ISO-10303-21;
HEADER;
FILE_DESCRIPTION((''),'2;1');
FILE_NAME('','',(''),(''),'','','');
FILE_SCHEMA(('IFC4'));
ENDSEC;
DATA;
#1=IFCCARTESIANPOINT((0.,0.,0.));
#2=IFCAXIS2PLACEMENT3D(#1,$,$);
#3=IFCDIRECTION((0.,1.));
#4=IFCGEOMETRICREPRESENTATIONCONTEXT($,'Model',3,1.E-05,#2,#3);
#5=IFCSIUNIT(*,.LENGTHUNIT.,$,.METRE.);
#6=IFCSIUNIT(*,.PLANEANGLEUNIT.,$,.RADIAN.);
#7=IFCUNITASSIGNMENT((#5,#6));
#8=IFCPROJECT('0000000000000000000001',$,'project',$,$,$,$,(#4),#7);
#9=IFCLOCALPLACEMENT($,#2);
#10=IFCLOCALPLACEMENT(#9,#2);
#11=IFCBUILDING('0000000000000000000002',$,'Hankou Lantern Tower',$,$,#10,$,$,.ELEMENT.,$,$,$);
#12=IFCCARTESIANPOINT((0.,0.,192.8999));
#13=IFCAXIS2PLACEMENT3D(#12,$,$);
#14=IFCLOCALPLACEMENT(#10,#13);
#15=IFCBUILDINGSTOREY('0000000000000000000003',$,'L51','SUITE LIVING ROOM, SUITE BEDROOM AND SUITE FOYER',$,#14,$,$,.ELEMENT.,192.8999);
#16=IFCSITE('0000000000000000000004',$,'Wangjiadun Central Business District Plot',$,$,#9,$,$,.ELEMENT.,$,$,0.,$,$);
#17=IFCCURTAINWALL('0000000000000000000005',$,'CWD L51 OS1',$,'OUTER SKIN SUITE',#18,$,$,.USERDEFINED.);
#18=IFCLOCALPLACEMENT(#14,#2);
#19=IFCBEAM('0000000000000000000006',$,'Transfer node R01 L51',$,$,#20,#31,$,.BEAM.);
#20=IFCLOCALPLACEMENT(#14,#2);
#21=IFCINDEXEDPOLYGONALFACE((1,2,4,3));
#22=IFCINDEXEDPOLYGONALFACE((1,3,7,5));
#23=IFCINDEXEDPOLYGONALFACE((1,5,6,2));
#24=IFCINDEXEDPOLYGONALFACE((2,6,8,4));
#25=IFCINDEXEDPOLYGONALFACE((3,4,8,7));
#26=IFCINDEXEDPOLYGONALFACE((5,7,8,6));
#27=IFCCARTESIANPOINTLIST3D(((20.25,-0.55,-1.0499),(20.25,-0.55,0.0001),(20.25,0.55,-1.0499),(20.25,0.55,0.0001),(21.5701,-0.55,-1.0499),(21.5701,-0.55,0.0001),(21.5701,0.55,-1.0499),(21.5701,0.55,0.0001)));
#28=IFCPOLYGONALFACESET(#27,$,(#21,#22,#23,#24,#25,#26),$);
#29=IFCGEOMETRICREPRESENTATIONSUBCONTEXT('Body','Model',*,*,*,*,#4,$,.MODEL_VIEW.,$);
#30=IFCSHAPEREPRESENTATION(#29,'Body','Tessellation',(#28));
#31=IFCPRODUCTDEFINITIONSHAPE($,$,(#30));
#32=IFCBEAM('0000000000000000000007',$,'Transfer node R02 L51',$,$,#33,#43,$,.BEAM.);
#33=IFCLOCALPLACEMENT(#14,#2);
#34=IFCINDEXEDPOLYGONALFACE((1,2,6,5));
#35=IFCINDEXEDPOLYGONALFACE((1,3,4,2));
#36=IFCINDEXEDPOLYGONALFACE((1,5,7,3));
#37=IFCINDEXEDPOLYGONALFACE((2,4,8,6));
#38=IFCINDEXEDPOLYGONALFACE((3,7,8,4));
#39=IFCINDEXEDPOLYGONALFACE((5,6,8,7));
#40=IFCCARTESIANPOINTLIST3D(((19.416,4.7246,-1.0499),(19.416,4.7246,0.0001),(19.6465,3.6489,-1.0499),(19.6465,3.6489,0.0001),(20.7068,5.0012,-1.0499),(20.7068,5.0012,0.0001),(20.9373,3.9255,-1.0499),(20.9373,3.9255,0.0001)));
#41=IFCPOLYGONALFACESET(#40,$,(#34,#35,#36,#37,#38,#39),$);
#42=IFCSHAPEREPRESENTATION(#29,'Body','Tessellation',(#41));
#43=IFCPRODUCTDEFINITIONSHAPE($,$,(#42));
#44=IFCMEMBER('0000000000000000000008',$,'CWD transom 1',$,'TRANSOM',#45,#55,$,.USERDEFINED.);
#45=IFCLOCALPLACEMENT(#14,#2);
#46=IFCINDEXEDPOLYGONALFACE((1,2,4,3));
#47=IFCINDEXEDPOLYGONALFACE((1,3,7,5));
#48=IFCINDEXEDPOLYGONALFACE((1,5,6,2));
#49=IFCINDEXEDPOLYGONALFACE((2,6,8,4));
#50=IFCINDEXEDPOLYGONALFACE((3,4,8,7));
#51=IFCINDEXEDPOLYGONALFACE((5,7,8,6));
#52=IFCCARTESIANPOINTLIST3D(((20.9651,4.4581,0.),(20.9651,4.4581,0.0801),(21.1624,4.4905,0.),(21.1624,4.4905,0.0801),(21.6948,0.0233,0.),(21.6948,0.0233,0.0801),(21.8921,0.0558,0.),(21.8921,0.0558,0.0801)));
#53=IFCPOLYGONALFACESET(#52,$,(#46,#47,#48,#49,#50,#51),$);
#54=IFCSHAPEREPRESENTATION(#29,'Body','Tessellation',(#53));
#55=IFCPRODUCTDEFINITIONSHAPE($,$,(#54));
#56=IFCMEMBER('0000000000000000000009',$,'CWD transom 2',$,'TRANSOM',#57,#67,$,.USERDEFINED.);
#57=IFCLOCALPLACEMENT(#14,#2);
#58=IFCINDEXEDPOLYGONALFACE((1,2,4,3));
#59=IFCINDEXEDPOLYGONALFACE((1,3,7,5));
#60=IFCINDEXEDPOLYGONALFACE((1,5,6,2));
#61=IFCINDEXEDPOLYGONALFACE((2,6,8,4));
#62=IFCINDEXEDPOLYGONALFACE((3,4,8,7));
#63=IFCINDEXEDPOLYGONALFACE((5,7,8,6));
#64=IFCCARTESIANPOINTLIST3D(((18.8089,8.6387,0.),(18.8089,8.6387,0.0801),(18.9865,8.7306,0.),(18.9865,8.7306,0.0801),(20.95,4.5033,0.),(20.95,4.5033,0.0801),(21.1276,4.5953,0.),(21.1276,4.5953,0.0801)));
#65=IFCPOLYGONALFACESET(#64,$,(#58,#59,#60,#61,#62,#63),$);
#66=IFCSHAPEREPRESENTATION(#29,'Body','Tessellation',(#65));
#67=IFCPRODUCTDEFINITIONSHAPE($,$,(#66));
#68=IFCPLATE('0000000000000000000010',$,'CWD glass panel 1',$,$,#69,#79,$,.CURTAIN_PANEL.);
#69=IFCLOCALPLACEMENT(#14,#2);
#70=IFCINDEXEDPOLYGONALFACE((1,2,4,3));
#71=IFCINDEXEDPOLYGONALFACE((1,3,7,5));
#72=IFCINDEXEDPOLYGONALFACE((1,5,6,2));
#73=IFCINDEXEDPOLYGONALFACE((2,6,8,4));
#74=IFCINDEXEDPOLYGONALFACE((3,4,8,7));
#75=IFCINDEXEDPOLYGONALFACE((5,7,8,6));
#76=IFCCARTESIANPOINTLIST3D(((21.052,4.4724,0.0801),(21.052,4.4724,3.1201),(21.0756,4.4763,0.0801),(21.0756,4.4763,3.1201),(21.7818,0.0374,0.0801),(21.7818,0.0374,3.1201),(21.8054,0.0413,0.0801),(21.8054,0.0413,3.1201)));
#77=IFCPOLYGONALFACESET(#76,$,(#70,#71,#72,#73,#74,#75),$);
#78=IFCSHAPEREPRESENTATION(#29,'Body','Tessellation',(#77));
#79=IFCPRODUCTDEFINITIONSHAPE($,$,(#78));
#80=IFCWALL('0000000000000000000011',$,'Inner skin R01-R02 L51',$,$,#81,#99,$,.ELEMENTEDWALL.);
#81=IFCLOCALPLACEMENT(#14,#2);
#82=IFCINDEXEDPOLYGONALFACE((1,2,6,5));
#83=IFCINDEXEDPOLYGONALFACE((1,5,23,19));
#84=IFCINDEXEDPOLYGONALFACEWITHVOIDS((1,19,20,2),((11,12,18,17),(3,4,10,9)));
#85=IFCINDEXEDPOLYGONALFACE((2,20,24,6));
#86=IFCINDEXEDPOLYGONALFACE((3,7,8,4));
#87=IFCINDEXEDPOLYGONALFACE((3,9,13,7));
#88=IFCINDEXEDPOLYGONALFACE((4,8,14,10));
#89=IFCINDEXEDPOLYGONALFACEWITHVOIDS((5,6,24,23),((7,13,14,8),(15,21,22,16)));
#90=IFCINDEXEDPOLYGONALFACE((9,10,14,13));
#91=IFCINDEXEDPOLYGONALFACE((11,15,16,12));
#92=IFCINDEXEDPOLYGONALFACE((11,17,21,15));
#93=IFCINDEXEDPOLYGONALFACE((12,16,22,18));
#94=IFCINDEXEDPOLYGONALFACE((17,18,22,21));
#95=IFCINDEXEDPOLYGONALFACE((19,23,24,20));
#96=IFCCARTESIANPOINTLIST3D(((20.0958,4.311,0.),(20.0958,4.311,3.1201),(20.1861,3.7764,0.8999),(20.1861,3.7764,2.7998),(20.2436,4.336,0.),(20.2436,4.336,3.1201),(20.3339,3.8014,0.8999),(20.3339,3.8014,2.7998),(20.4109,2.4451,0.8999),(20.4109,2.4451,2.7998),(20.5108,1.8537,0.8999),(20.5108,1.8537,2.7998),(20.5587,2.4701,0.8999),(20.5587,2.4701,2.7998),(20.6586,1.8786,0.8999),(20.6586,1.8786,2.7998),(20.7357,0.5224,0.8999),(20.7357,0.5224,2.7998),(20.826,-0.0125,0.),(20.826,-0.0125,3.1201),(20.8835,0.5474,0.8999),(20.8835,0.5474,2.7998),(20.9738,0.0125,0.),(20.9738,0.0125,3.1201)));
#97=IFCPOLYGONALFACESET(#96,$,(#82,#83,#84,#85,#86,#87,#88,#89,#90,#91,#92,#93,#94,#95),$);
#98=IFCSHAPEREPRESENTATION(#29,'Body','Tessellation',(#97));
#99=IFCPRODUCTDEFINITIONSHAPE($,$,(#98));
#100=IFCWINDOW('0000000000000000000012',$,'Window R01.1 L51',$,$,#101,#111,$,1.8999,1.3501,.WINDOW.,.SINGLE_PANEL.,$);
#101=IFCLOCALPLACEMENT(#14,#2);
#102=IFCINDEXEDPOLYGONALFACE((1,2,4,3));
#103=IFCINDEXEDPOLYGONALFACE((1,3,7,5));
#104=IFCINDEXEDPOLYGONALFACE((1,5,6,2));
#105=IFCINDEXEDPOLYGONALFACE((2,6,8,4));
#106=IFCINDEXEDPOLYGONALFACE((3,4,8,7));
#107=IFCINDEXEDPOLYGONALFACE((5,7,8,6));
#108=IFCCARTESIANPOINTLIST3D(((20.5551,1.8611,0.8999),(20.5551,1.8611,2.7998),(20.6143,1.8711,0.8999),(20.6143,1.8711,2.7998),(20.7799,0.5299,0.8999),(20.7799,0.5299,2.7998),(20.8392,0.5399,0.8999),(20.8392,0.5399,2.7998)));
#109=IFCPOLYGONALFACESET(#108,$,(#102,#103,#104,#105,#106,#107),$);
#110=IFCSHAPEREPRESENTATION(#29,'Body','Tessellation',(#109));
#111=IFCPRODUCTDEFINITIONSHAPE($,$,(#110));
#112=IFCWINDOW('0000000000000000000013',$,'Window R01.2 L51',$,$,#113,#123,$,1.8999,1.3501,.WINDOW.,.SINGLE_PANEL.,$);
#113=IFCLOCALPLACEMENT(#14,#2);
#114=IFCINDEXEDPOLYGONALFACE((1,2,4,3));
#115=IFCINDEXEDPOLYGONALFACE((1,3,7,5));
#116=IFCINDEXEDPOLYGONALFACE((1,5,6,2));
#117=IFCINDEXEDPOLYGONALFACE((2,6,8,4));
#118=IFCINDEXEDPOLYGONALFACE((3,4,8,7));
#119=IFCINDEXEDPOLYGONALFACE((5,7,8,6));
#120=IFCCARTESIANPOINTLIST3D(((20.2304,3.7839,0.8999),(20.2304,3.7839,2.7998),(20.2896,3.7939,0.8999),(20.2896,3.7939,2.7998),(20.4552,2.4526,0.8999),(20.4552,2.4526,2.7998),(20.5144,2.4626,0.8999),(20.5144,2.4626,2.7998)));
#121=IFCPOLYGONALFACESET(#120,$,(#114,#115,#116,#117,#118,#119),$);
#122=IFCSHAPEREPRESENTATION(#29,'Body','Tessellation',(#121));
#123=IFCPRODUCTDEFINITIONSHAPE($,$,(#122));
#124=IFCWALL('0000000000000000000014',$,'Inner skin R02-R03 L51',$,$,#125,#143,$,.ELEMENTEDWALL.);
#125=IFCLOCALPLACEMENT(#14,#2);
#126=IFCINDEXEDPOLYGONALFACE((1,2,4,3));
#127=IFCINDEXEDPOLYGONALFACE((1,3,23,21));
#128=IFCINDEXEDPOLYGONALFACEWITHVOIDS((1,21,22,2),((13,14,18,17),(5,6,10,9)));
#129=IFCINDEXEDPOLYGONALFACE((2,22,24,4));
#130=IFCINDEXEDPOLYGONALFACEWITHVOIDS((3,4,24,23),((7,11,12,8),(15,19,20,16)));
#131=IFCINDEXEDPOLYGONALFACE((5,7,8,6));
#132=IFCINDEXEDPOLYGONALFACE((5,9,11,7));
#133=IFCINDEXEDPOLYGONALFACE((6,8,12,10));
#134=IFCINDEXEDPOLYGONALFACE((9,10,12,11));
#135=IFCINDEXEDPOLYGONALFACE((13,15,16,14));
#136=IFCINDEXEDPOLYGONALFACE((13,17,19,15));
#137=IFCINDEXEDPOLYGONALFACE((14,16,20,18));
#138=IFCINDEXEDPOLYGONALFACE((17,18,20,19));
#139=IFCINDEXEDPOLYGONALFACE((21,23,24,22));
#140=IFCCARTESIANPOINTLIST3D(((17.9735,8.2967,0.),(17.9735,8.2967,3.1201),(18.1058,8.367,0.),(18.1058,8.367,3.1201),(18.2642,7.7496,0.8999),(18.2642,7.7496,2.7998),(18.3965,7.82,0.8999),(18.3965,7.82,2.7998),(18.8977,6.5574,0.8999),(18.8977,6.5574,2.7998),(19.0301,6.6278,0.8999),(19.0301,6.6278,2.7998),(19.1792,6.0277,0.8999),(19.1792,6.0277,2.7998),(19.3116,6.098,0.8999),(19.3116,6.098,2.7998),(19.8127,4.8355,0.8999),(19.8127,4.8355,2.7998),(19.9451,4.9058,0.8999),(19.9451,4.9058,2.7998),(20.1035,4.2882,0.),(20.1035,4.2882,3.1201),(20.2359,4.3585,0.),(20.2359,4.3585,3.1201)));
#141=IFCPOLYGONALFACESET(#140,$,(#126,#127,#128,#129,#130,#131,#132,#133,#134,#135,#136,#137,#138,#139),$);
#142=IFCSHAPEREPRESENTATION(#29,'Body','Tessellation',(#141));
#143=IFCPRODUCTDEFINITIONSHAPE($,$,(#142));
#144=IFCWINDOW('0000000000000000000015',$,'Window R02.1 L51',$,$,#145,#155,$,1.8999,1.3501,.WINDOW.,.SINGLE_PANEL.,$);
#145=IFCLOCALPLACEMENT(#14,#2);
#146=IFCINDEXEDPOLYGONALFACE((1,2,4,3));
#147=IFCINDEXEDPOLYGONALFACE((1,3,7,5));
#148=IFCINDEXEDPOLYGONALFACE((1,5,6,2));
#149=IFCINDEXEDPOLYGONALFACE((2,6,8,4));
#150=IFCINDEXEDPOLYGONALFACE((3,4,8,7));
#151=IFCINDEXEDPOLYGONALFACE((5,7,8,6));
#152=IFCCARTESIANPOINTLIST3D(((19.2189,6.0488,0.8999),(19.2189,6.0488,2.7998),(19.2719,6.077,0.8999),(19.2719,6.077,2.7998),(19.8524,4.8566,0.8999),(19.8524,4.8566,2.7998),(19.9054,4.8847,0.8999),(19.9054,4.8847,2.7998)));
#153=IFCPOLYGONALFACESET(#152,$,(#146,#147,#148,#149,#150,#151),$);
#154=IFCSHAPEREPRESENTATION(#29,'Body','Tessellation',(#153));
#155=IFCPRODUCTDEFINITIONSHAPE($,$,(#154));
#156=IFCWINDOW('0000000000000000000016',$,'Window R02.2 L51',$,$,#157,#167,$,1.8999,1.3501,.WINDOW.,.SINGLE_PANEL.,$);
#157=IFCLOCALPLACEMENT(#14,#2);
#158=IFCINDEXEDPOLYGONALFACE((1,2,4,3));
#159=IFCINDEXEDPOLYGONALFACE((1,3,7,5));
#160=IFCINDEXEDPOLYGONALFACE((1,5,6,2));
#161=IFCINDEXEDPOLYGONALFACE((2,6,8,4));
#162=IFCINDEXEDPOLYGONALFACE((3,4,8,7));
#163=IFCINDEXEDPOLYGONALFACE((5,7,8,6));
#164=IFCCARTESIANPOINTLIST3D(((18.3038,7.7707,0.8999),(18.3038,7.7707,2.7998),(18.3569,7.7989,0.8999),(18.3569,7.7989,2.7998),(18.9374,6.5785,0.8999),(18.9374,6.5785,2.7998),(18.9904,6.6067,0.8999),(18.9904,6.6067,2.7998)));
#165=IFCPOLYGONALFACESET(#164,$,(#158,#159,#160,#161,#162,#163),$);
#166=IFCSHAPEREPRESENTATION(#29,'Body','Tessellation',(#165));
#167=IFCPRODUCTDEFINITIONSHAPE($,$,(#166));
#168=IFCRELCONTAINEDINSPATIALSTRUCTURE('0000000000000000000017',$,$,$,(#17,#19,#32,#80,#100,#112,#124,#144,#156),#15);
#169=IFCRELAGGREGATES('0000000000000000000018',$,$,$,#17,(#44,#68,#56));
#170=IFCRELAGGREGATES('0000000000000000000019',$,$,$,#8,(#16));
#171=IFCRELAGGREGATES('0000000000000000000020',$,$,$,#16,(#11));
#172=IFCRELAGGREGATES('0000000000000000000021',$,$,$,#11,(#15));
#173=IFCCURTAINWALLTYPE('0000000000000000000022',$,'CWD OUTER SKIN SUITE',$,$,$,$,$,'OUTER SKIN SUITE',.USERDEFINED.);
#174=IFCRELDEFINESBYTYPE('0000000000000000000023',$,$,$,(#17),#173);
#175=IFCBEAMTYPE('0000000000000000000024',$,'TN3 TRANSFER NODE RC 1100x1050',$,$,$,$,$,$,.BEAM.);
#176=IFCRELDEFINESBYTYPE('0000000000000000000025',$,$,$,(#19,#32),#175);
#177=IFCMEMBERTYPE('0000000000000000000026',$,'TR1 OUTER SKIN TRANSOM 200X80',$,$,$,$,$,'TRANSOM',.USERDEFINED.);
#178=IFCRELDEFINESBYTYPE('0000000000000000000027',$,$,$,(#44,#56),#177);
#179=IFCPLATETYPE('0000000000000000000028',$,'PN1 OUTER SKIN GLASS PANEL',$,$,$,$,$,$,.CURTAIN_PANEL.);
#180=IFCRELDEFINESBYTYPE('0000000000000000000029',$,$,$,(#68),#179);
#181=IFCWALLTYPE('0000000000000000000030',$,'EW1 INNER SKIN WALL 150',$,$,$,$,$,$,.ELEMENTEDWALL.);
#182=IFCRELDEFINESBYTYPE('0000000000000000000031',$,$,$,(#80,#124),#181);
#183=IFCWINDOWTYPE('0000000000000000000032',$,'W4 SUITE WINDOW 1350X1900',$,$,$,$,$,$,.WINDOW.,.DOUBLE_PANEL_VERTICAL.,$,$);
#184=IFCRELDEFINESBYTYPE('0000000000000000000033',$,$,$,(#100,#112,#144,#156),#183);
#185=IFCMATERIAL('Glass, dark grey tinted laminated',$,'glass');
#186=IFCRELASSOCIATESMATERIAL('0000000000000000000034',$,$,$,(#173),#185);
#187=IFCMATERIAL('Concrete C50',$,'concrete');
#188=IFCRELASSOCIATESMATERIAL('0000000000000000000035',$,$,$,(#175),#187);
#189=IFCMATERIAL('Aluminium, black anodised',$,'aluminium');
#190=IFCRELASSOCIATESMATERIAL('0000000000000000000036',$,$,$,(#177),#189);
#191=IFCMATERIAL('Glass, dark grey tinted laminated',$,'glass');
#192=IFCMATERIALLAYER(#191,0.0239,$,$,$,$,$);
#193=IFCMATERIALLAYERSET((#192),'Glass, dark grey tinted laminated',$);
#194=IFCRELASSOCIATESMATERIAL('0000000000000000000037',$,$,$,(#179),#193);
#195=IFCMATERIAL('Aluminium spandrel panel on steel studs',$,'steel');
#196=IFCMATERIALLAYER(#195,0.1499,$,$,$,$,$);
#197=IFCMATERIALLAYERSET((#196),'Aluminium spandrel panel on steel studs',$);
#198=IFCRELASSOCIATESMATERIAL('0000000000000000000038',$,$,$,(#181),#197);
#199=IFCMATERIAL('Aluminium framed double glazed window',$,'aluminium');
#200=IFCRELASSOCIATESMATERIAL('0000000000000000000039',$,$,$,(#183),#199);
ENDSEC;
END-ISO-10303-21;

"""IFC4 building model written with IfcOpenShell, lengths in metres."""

from ifc_helpers import new_model, si_unit, direction, frame, frame_2d, origin, origin_2d, place, context, subcontext, project, spatial, rectangle, extrude, material, layer, layer_set, material_profile, profile_set, type_object, element, fill, aggregate, save


model = new_model("IFC4")

# Units and contexts
model_context = context("Model", 3, precision=1e-05, world=origin(), true_north=direction((0.0, 1.0)))
body_context = subcontext(model_context, "Body", "Model", "MODEL_VIEW")
ifc_project = project(units=[si_unit("LENGTHUNIT", "METRE"), si_unit("PLANEANGLEUNIT", "RADIAN")], contexts=[model_context])

# Site, building, storey
site_placement = place(None, origin())
site = spatial("IfcSite", under=ifc_project, at=site_placement, Name="Wangjiadun Central Business District Plot", CompositionType="ELEMENT", RefElevation=0.0)
building_placement = place(site_placement, origin())
building = spatial("IfcBuilding", under=site, at=building_placement, Name="Hankou Lantern Tower", CompositionType="ELEMENT")
storey_placement = place(building_placement, frame((0.0, 0.0, 192.8999)))
storey = spatial("IfcBuildingStorey", under=building, at=storey_placement, Name="L51", Description="SUITE LIVING ROOM, SUITE BEDROOM AND SUITE FOYER", CompositionType="ELEMENT", Elevation=192.8999)

# Curtain wall
ifc_material_1 = material(Name="Glass, dark grey tinted laminated", Category="glass")
curtain_wall_type = type_object("IfcCurtainWallType", Name="CWD OUTER SKIN SUITE", ElementType="OUTER SKIN SUITE", PredefinedType="USERDEFINED", material=ifc_material_1)
curtain_wall_placement = place(storey_placement, origin())
curtain_wall = element("IfcCurtainWall", 1, at=curtain_wall_placement, inside=storey, type_object=curtain_wall_type, Name="CWD L51 OS1", ObjectType="OUTER SKIN SUITE", PredefinedType="USERDEFINED")

# Beams
ifc_material_2 = material(Name="Concrete C50", Category="concrete")
ifc_material_profile_1 = material_profile(ifc_material_2, rectangle(XDim=1.1001, YDim=1.05, at=origin_2d()), Name="RC 1100x1050")
ifc_profile_set_1 = profile_set([ifc_material_profile_1], Name="Concrete C50")
beam_type_1 = type_object("IfcBeamType", Name="TN3 TRANSFER NODE RC 1100x1050", PredefinedType="BEAM", material=ifc_profile_set_1)
for number, where, z_axis, x_axis, name in (
    (2, (21.5701, 0.0, -0.5249), (-1.0, 0.0, 0.0), (0.0, -1.0, 0.0), "Transfer node R01 L51"),
    (3, (20.822, 4.4634, -0.5249), (-0.9778, -0.209542, 0.0), (0.209542, -0.9778, 0.0), "Transfer node R02 L51"),
):
    element("IfcBeam", number, at=place(storey_placement, frame(where, z_axis=z_axis, x_axis=x_axis)), inside=storey, type_object=beam_type_1, Name=name, PredefinedType="BEAM", context=body_context, shape_type="SweptSolid", body=[
        extrude(rectangle(XDim=1.1001, YDim=1.05, at=origin_2d()), origin(), (0.0, 0.0, 1.0), 1.3201),
    ])

# Members
ifc_material_3 = material(Name="Aluminium, black anodised", Category="aluminium")
ifc_material_profile_2 = material_profile(ifc_material_3, rectangle(XDim=0.2, YDim=0.0801, at=origin_2d()), Name="TR1 200X80")
ifc_profile_set_2 = profile_set([ifc_material_profile_2], Name="Aluminium, black anodised")
member_type_1 = type_object("IfcMemberType", Name="TR1 OUTER SKIN TRANSOM 200X80", ElementType="TRANSOM", PredefinedType="USERDEFINED", material=ifc_profile_set_2)
member_1_placement = place(storey_placement, frame((21.7935, 0.0396, 0.04), z_axis=(-0.162364, 0.986731, 0.0), x_axis=(-0.986731, -0.162364, 0.0)))
member_1 = element("IfcMember", 4, at=member_1_placement, type_object=member_type_1, Name="CWD transom 1", ObjectType="TRANSOM", PredefinedType="USERDEFINED", context=body_context, shape_type="SweptSolid", body=[
    extrude(rectangle(XDim=0.2, YDim=0.0801, at=origin_2d()), origin(), (0.0, 0.0, 1.0), 4.4944),
])
member_2_placement = place(storey_placement, frame((21.0388, 4.5493, 0.04), z_axis=(-0.459794, 0.888026, 0.0), x_axis=(-0.888026, -0.459794, 0.0)))
member_2 = element("IfcMember", 5, at=member_2_placement, type_object=member_type_1, Name="CWD transom 2", ObjectType="TRANSOM", PredefinedType="USERDEFINED", context=body_context, shape_type="SweptSolid", body=[
    extrude(rectangle(XDim=0.2, YDim=0.0801, at=origin_2d()), origin(), (0.0, 0.0, 1.0), 4.6567),
])

# Plate
ifc_material_4 = material(Name="Glass, dark grey tinted laminated", Category="glass")
ifc_layer_1 = layer(ifc_material_4, 0.0239)
ifc_layer_set_1 = layer_set([ifc_layer_1], Name="Glass, dark grey tinted laminated")
plate_type = type_object("IfcPlateType", Name="PN1 OUTER SKIN GLASS PANEL", PredefinedType="CURTAIN_PANEL", material=ifc_layer_set_1)
plate_placement = place(storey_placement, frame((21.4287, 2.2568, 0.0801), z_axis=(0.0, 0.0, 1.0), x_axis=(-0.162382, 0.986728, 0.0)))
plate = element("IfcPlate", 6, at=plate_placement, type_object=plate_type, Name="CWD glass panel 1", PredefinedType="CURTAIN_PANEL", context=body_context, shape_type="SweptSolid", body=[
    extrude(rectangle(XDim=4.4946, YDim=0.0239, at=origin_2d()), origin(), (0.0, 0.0, 1.0), 3.04),
])
aggregate(curtain_wall, [member_1, plate, member_2])

# Walls, openings, windows
ifc_material_5 = material(Name="Aluminium spandrel panel on steel studs", Category="steel")
ifc_layer_2 = layer(ifc_material_5, 0.1499)
ifc_layer_set_2 = layer_set([ifc_layer_2], Name="Aluminium spandrel panel on steel studs")
wall_type_1 = type_object("IfcWallType", Name="EW1 INNER SKIN WALL 150", PredefinedType="ELEMENTEDWALL", material=ifc_layer_set_2)
wall_1_placement = place(storey_placement, frame((20.8999, 0.0, 0.0), z_axis=(0.0, 0.0, 1.0), x_axis=(-0.166539, 0.986035, 0.0)))
wall_1 = element("IfcWall", 7, at=wall_1_placement, inside=storey, type_object=wall_type_1, Name="Inner skin R01-R02 L51", PredefinedType="ELEMENTEDWALL", context=body_context, shape_type="SweptSolid", body=[
    extrude(rectangle(XDim=4.3848, YDim=0.1499, at=frame_2d((2.1924, 0.0))), origin(), (0.0, 0.0, 1.0), 3.1201),
])
opening_1_placement = place(wall_1_placement, frame((0.5425, 0.0, 0.8999)))
opening_1 = element("IfcOpeningElement", 8, at=opening_1_placement, cuts=wall_1, PredefinedType="OPENING", context=body_context, shape_type="SweptSolid", body=[
    extrude(rectangle(XDim=1.3501, YDim=1.8999, at=frame_2d((0.675, 0.95))), frame((0.0, 0.085, 0.0), z_axis=(0.0, -1.0, 0.0), x_axis=(1.0, 0.0, 0.0)), (0.0, 0.0, 1.0), 0.1699),
])
opening_2_placement = place(wall_1_placement, frame((2.4924, 0.0, 0.8999)))
opening_2 = element("IfcOpeningElement", 9, at=opening_2_placement, cuts=wall_1, PredefinedType="OPENING", context=body_context, shape_type="SweptSolid", body=[
    extrude(rectangle(XDim=1.3501, YDim=1.8999, at=frame_2d((0.675, 0.95))), frame((0.0, 0.085, 0.0), z_axis=(0.0, -1.0, 0.0), x_axis=(1.0, 0.0, 0.0)), (0.0, 0.0, 1.0), 0.1699),
])
ifc_material_6 = material(Name="Aluminium framed double glazed window", Category="aluminium")
window_type = type_object("IfcWindowType", Name="W4 SUITE WINDOW 1350X1900", PartitioningType="DOUBLE_PANEL_VERTICAL", PredefinedType="WINDOW", material=ifc_material_6)
window_1_placement = place(opening_1_placement, origin())
window_1 = element("IfcWindow", 10, at=window_1_placement, inside=storey, type_object=window_type, Name="Window R01.1 L51", OverallHeight=1.8999, OverallWidth=1.3501, PartitioningType="SINGLE_PANEL", PredefinedType="WINDOW", context=body_context, shape_type="SweptSolid", body=[
    extrude(rectangle(XDim=1.3501, YDim=1.8999, at=frame_2d((0.675, 0.95))), frame((0.0, 0.03, 0.0), z_axis=(0.0, -1.0, 0.0), x_axis=(1.0, 0.0, 0.0)), (0.0, 0.0, 1.0), 0.0601),
])
fill(opening_1, window_1)
window_2_placement = place(opening_2_placement, origin())
window_2 = element("IfcWindow", 11, at=window_2_placement, inside=storey, type_object=window_type, Name="Window R01.2 L51", OverallHeight=1.8999, OverallWidth=1.3501, PartitioningType="SINGLE_PANEL", PredefinedType="WINDOW", context=body_context, shape_type="SweptSolid", body=[
    extrude(rectangle(XDim=1.3501, YDim=1.8999, at=frame_2d((0.675, 0.95))), frame((0.0, 0.03, 0.0), z_axis=(0.0, -1.0, 0.0), x_axis=(1.0, 0.0, 0.0)), (0.0, 0.0, 1.0), 0.0601),
])
fill(opening_2, window_2)
wall_2_placement = place(storey_placement, frame((20.1697, 4.3235, 0.0), z_axis=(0.0, 0.0, 1.0), x_axis=(-0.469256, 0.883062, 0.0)))
wall_2 = element("IfcWall", 12, at=wall_2_placement, inside=storey, type_object=wall_type_1, Name="Inner skin R02-R03 L51", PredefinedType="ELEMENTEDWALL", context=body_context, shape_type="SweptSolid", body=[
    extrude(rectangle(XDim=4.5393, YDim=0.1499, at=frame_2d((2.2695, 0.0))), origin(), (0.0, 0.0, 1.0), 3.1201),
])
opening_3_placement = place(wall_2_placement, frame((0.6196, 0.0, 0.8999)))
opening_3 = element("IfcOpeningElement", 13, at=opening_3_placement, cuts=wall_2, PredefinedType="OPENING", context=body_context, shape_type="SweptSolid", body=[
    extrude(rectangle(XDim=1.3501, YDim=1.8999, at=frame_2d((0.675, 0.95))), frame((0.0, 0.085, 0.0), z_axis=(0.0, -1.0, 0.0), x_axis=(1.0, 0.0, 0.0)), (0.0, 0.0, 1.0), 0.1699),
])
opening_4_placement = place(wall_2_placement, frame((2.5696, 0.0, 0.8999)))
opening_4 = element("IfcOpeningElement", 14, at=opening_4_placement, cuts=wall_2, PredefinedType="OPENING", context=body_context, shape_type="SweptSolid", body=[
    extrude(rectangle(XDim=1.3501, YDim=1.8999, at=frame_2d((0.675, 0.95))), frame((0.0, 0.085, 0.0), z_axis=(0.0, -1.0, 0.0), x_axis=(1.0, 0.0, 0.0)), (0.0, 0.0, 1.0), 0.1699),
])
window_3_placement = place(opening_3_placement, origin())
window_3 = element("IfcWindow", 15, at=window_3_placement, inside=storey, type_object=window_type, Name="Window R02.1 L51", OverallHeight=1.8999, OverallWidth=1.3501, PartitioningType="SINGLE_PANEL", PredefinedType="WINDOW", context=body_context, shape_type="SweptSolid", body=[
    extrude(rectangle(XDim=1.3501, YDim=1.8999, at=frame_2d((0.675, 0.95))), frame((0.0, 0.03, 0.0), z_axis=(0.0, -1.0, 0.0), x_axis=(1.0, 0.0, 0.0)), (0.0, 0.0, 1.0), 0.0601),
])
fill(opening_3, window_3)
window_4_placement = place(opening_4_placement, origin())
window_4 = element("IfcWindow", 16, at=window_4_placement, inside=storey, type_object=window_type, Name="Window R02.2 L51", OverallHeight=1.8999, OverallWidth=1.3501, PartitioningType="SINGLE_PANEL", PredefinedType="WINDOW", context=body_context, shape_type="SweptSolid", body=[
    extrude(rectangle(XDim=1.3501, YDim=1.8999, at=frame_2d((0.675, 0.95))), frame((0.0, 0.03, 0.0), z_axis=(0.0, -1.0, 0.0), x_axis=(1.0, 0.0, 0.0)), (0.0, 0.0, 1.0), 0.0601),
])
fill(opening_4, window_4)

save(model, "model.ifc")
